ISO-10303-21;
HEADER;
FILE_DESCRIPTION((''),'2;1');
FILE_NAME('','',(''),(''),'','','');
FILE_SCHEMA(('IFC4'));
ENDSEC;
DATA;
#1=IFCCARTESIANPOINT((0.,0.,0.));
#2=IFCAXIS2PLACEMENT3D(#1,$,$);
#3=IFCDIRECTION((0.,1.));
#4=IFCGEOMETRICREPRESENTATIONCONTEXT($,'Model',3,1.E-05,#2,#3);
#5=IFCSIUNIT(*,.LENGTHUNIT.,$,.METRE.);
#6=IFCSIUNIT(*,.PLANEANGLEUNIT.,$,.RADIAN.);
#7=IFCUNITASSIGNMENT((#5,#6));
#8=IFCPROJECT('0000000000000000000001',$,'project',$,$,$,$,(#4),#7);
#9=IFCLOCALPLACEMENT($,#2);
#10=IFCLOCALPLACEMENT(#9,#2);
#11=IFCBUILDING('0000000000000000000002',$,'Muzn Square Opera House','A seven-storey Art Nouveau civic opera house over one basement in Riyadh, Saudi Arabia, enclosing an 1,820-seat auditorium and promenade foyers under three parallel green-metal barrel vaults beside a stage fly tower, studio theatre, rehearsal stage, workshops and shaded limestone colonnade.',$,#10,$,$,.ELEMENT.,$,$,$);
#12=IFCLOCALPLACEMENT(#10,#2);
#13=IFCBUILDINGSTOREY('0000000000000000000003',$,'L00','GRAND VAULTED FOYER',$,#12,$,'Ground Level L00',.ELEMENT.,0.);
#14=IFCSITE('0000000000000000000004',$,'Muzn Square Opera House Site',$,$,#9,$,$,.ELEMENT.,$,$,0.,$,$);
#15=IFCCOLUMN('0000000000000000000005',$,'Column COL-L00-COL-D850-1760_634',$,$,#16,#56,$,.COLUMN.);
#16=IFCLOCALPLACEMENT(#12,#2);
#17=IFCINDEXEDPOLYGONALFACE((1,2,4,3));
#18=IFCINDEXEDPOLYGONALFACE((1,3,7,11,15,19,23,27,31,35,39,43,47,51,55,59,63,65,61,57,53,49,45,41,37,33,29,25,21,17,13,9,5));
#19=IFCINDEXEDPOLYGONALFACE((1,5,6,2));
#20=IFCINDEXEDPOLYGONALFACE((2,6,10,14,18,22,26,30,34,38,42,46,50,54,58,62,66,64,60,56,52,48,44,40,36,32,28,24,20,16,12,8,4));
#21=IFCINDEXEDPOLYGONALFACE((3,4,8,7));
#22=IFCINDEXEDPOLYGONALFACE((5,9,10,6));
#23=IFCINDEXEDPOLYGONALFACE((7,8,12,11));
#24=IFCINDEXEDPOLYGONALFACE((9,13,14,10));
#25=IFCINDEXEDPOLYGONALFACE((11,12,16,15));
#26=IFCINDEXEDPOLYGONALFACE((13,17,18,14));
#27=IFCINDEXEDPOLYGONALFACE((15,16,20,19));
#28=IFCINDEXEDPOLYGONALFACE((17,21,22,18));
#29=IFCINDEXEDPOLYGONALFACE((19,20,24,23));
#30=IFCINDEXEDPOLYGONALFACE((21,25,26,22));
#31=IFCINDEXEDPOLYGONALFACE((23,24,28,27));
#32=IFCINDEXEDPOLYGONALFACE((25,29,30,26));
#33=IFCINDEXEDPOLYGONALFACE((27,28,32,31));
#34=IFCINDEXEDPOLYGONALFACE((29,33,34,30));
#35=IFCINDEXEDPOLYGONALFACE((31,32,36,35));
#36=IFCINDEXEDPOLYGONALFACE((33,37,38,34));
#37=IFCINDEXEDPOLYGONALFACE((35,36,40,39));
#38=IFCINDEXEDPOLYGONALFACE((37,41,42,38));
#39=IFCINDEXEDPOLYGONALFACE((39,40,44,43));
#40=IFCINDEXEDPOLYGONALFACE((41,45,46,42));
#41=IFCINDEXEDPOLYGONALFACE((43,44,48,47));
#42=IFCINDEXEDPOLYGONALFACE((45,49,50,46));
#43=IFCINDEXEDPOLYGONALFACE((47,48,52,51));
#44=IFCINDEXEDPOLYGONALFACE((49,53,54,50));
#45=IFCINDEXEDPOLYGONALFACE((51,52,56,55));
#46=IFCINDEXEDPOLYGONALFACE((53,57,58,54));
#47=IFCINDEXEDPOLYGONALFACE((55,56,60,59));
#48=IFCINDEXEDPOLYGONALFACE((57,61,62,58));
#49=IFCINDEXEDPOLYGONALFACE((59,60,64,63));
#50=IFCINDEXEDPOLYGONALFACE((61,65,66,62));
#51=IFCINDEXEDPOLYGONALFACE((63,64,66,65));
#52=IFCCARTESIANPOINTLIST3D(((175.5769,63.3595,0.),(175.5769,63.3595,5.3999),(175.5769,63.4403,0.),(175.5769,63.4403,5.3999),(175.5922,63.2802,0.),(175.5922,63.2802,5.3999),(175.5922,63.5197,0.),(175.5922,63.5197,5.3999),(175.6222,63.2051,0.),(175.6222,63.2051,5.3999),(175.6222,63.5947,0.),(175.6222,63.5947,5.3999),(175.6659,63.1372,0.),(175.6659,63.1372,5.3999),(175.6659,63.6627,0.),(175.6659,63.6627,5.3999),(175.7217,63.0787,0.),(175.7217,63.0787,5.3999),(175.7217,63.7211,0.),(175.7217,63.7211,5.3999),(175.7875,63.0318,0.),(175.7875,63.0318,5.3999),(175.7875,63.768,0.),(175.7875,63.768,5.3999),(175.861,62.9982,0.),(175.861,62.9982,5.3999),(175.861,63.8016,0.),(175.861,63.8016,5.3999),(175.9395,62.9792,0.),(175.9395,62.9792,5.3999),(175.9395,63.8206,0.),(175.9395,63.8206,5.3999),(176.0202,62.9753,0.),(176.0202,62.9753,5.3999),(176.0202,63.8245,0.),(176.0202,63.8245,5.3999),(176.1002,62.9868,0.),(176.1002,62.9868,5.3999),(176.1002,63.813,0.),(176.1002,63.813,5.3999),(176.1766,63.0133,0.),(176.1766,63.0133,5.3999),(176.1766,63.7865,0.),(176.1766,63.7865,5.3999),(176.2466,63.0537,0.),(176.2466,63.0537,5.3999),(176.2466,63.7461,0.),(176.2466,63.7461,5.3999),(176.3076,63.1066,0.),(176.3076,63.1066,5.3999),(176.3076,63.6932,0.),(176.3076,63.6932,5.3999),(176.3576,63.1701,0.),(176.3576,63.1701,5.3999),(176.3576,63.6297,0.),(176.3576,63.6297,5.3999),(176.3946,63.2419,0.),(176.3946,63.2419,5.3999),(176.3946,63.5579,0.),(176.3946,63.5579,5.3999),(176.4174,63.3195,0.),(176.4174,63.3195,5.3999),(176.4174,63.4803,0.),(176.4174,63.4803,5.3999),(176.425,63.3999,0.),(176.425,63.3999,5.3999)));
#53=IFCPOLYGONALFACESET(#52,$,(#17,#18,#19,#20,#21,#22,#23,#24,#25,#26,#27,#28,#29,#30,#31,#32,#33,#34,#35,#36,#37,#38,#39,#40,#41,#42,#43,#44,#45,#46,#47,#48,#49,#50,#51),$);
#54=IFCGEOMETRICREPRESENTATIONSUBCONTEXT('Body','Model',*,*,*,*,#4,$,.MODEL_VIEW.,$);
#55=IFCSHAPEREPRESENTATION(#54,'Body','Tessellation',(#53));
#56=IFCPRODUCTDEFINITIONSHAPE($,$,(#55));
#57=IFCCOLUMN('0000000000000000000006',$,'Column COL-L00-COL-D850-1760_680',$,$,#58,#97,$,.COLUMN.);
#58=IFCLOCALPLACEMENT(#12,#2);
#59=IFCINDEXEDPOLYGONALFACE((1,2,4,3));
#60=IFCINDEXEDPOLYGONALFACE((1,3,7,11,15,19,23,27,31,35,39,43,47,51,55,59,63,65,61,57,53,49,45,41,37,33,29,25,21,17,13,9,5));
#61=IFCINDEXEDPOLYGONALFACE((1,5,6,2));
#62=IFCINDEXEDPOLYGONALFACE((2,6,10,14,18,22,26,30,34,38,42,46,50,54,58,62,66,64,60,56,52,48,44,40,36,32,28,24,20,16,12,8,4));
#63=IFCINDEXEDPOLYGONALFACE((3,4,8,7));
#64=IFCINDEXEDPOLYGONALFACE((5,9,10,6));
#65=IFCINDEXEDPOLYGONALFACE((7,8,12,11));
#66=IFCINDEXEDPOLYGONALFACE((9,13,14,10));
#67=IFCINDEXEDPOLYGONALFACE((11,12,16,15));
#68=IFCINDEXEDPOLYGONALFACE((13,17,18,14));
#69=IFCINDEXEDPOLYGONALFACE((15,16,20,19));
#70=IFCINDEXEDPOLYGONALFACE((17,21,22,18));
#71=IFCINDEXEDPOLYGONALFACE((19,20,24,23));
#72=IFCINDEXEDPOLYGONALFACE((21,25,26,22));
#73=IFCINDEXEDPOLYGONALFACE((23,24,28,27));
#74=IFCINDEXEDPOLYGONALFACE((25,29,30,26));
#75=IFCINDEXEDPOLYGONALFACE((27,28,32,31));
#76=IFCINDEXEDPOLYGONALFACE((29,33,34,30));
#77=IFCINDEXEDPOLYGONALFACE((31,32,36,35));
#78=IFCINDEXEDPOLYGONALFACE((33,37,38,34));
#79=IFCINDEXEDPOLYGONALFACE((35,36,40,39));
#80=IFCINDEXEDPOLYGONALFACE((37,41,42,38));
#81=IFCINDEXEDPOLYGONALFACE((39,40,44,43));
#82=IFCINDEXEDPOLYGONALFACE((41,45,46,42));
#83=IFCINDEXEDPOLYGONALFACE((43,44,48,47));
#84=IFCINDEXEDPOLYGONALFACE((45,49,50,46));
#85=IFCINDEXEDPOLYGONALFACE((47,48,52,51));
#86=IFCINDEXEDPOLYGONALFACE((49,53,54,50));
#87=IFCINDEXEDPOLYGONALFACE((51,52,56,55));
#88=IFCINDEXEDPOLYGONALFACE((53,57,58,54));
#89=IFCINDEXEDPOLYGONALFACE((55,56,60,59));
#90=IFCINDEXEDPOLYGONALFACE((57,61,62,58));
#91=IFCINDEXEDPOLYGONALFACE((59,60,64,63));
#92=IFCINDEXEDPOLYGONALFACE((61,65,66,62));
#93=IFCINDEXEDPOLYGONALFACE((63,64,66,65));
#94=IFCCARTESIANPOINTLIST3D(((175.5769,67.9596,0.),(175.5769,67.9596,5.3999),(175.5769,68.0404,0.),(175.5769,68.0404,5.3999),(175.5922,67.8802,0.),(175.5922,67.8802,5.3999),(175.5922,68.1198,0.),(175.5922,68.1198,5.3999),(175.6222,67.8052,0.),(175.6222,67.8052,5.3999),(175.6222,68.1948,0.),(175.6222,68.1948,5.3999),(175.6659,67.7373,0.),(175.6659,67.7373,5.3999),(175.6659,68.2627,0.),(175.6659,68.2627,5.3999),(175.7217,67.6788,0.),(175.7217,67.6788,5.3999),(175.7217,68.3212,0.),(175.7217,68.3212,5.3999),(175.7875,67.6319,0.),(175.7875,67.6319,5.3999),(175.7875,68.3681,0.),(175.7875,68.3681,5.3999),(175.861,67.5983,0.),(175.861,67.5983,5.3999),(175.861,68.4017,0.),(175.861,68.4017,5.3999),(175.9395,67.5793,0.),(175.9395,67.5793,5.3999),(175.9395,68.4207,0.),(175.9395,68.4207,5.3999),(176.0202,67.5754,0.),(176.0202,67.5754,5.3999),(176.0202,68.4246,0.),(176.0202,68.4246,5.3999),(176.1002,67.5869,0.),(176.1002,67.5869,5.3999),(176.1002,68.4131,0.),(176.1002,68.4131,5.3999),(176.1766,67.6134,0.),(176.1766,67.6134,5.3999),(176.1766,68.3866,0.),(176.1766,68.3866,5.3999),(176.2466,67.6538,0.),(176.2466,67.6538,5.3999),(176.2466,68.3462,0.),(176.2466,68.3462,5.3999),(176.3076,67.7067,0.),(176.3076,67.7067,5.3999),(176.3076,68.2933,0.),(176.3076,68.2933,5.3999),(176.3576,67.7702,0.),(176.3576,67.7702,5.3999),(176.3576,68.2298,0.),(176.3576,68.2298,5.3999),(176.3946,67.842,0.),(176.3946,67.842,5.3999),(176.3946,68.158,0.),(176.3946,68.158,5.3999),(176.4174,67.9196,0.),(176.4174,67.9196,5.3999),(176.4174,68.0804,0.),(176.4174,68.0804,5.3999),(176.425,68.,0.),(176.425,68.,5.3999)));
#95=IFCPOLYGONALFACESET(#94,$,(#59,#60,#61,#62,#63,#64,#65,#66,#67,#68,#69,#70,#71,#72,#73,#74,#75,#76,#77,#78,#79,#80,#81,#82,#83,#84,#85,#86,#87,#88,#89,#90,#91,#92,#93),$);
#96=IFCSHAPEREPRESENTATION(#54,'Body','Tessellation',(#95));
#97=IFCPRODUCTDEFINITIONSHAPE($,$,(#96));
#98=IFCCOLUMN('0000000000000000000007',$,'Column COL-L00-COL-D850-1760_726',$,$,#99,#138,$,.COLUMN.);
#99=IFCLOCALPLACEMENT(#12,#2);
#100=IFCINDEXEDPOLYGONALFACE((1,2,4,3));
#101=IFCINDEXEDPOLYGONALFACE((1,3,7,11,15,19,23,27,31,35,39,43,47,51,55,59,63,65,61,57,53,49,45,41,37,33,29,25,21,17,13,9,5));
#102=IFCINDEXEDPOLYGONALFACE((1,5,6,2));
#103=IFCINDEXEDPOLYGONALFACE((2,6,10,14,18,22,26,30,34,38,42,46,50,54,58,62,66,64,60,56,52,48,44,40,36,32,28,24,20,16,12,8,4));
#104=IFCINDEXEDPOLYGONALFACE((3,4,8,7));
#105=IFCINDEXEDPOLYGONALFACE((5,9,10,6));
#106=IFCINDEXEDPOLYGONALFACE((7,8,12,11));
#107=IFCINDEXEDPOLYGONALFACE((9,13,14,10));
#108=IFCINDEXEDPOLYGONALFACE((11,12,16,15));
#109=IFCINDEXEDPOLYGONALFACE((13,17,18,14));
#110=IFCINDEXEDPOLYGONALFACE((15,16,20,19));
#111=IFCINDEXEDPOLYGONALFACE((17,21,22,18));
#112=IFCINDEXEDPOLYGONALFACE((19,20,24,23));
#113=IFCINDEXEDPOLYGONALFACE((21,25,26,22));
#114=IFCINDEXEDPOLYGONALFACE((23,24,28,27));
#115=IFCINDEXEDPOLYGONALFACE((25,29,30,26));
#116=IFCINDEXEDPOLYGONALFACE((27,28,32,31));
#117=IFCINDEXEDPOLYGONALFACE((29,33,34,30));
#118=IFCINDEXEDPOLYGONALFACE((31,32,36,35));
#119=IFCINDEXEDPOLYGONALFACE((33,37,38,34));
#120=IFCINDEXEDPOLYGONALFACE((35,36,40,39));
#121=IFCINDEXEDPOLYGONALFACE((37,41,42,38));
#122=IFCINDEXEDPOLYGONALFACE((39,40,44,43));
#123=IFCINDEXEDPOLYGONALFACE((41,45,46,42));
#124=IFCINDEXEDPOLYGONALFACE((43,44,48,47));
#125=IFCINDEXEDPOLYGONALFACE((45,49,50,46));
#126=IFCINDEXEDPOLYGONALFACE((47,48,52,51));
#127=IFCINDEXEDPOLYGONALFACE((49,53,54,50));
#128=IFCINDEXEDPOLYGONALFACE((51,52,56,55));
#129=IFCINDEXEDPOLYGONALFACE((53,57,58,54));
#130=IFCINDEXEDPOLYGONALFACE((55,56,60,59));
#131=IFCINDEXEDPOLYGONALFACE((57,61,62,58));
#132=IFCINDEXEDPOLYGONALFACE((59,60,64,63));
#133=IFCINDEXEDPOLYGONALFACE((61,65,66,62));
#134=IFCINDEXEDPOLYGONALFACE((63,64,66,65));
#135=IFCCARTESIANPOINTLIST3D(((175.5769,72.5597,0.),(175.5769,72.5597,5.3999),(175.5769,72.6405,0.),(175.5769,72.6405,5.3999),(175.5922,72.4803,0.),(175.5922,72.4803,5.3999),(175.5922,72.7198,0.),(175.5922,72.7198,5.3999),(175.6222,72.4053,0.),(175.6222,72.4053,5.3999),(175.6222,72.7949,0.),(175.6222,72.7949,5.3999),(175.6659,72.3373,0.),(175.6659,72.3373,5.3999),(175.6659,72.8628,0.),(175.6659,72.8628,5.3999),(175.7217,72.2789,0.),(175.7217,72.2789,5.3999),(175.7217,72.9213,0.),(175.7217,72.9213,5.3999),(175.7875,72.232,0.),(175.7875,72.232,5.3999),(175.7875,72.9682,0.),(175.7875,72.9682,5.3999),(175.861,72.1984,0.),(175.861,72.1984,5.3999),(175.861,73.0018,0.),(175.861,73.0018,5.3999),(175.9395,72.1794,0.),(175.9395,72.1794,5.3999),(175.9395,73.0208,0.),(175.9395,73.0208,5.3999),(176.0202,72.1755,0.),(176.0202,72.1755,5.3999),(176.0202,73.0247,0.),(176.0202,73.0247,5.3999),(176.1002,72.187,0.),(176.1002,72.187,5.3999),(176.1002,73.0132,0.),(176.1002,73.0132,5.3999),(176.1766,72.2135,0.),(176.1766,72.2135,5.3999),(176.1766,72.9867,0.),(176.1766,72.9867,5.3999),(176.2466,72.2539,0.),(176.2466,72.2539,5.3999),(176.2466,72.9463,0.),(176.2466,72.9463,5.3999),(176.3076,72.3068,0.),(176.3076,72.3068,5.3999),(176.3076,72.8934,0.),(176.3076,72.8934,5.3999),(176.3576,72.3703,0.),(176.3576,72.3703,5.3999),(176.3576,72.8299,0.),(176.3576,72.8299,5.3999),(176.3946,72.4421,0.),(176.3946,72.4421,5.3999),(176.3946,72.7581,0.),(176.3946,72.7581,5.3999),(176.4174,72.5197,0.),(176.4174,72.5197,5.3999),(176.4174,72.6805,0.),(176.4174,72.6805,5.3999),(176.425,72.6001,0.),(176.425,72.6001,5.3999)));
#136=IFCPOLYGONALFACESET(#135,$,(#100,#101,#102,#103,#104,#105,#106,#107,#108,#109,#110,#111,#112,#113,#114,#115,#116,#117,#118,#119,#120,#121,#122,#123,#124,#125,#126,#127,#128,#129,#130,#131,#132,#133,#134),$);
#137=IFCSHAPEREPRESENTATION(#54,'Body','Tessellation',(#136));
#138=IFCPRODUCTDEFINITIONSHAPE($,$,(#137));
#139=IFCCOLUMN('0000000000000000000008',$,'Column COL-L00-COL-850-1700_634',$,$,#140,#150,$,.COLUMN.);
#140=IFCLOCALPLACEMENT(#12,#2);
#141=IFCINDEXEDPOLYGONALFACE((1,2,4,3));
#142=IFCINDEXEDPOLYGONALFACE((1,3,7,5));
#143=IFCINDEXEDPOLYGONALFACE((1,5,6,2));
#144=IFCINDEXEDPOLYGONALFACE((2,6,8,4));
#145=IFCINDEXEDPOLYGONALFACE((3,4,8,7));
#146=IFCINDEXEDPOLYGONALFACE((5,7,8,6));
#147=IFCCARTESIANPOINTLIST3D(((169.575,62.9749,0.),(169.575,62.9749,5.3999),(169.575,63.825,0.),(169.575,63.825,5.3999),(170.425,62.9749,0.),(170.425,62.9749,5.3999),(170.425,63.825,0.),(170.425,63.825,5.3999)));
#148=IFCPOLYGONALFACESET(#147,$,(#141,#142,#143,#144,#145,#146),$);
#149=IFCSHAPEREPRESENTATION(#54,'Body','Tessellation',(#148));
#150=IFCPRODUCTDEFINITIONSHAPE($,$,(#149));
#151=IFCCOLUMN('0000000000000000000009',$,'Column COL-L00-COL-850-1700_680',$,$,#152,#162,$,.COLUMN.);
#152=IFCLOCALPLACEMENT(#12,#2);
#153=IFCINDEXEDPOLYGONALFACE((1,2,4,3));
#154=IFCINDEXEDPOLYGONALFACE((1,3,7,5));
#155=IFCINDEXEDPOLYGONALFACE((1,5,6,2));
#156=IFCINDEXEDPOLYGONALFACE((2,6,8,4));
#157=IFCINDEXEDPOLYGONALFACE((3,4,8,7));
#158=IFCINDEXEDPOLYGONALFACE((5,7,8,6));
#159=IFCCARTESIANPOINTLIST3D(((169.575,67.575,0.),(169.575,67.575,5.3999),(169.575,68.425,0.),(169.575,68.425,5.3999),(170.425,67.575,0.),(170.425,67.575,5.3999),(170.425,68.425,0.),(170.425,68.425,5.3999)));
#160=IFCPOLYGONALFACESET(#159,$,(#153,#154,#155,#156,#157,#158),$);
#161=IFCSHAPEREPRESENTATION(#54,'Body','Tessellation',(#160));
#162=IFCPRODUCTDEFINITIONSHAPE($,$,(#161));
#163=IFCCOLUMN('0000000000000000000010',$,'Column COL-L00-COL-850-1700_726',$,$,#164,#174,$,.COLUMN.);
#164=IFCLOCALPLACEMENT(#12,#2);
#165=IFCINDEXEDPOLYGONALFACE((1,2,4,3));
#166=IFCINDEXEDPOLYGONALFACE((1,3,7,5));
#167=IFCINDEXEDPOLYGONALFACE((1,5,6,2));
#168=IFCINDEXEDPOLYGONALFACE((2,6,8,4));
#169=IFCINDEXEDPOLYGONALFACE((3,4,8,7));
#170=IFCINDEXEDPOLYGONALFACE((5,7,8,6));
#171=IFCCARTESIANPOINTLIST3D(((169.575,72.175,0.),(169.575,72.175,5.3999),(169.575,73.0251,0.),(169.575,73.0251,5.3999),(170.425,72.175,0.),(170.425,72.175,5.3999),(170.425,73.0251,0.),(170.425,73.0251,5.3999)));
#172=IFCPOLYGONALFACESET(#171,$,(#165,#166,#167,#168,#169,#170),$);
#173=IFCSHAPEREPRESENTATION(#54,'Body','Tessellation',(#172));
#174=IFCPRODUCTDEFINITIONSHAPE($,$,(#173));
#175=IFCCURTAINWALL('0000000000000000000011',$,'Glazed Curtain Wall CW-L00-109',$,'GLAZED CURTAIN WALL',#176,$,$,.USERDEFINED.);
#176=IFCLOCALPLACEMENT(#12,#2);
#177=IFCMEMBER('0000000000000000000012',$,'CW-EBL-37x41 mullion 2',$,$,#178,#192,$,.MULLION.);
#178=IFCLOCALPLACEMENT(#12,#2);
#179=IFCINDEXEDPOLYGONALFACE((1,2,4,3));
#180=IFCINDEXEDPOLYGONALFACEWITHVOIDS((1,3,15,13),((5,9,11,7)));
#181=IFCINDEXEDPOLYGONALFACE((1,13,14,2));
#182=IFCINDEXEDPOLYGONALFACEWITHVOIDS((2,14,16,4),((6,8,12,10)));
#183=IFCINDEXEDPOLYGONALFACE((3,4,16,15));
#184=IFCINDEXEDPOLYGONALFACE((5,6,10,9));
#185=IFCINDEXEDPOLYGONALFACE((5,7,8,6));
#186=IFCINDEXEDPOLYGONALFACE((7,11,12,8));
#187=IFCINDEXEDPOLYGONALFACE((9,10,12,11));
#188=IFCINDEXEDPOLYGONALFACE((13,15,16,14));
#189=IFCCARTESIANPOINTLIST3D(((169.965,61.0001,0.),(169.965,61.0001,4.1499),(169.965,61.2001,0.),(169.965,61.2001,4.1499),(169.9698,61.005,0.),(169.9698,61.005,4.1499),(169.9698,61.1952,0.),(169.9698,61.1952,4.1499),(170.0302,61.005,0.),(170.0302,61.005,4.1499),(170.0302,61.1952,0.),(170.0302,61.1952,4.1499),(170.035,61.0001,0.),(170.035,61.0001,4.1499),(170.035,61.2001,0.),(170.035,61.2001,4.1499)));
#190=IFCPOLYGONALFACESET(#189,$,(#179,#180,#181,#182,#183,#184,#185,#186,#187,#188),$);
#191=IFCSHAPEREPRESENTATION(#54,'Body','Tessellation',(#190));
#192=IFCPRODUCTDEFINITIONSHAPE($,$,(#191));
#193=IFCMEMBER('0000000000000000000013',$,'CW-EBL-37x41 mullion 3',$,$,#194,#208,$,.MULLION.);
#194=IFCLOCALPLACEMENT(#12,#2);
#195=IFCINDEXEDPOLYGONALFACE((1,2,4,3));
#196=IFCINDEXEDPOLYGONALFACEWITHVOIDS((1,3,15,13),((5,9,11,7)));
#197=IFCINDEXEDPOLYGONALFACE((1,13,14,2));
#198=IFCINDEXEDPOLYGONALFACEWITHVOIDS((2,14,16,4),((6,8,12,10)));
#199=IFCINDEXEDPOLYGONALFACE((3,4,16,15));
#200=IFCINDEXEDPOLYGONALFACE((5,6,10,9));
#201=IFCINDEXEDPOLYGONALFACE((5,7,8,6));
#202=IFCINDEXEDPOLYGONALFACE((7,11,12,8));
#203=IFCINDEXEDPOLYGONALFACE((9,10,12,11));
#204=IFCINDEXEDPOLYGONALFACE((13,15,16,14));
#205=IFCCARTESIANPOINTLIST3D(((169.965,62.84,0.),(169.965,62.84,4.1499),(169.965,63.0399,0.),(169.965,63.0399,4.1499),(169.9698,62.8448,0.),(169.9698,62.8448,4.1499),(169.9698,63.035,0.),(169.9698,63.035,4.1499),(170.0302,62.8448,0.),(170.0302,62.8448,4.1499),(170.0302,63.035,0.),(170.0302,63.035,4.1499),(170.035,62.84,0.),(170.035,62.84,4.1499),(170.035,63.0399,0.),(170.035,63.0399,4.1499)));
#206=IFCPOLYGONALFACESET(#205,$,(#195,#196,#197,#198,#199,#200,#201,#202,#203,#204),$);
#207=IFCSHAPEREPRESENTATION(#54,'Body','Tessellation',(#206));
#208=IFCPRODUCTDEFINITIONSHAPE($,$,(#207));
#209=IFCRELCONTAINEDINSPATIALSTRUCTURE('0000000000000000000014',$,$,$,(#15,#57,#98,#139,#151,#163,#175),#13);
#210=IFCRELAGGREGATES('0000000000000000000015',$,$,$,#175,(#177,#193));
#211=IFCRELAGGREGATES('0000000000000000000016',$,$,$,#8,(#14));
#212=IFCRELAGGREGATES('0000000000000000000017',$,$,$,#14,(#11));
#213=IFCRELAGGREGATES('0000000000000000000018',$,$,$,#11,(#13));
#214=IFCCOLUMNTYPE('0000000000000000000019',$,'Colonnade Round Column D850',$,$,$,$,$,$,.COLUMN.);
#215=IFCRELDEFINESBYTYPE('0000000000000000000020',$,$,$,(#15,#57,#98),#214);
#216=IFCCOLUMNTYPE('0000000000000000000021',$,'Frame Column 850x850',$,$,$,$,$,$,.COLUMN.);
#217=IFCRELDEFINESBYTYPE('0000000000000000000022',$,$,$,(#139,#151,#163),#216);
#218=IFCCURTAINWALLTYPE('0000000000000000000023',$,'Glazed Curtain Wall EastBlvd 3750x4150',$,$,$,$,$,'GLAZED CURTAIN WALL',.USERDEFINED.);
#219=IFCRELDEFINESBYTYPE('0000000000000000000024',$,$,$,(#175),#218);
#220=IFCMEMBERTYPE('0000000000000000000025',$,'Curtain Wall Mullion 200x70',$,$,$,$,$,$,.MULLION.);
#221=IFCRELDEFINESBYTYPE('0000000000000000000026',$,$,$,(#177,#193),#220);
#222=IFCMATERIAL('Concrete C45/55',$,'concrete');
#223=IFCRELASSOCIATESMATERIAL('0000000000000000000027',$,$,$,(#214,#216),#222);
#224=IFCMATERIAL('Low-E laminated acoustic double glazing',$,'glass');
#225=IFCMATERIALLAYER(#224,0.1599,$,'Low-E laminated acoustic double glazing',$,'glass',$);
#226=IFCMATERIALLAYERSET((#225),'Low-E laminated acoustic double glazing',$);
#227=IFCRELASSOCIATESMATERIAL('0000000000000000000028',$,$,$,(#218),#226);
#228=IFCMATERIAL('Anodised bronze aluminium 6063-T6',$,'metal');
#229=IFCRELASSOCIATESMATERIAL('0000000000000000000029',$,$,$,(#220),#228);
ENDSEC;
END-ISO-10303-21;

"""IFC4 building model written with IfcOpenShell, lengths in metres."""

from ifc_helpers import new_model, si_unit, direction, frame, origin, origin_2d, place, context, subcontext, project, spatial, rectangle, hollow_rectangle, circle, extrude, material, layer, layer_set, material_profile, profile_set, type_object, element, aggregate, save


model = new_model("IFC4")

# Units and contexts
model_context = context("Model", 3, precision=1e-05, world=origin(), true_north=direction((0.0, 1.0)))
body_context = subcontext(model_context, "Body", "Model", "MODEL_VIEW")
ifc_project = project(units=[si_unit("LENGTHUNIT", "METRE"), si_unit("PLANEANGLEUNIT", "RADIAN")], contexts=[model_context])

# Site, building, storey
site_placement = place(None, origin())
site = spatial("IfcSite", under=ifc_project, at=site_placement, Name="Muzn Square Opera House Site", CompositionType="ELEMENT", RefElevation=0.0)
building_placement = place(site_placement, origin())
building = spatial("IfcBuilding", under=site, at=building_placement, Name="Muzn Square Opera House", Description="A seven-storey Art Nouveau civic opera house over one basement in Riyadh, Saudi Arabia, enclosing an 1,820-seat auditorium and promenade foyers under three parallel green-metal barrel vaults beside a stage fly tower, studio theatre, rehearsal stage, workshops and shaded limestone colonnade.", CompositionType="ELEMENT")
storey_placement = place(building_placement, origin())
storey = spatial("IfcBuildingStorey", under=building, at=storey_placement, Name="L00", Description="GRAND VAULTED FOYER", LongName="Ground Level L00", CompositionType="ELEMENT", Elevation=0.0)

# Columns
ifc_material_1 = material(Name="Concrete C45/55", Category="concrete")
ifc_material_profile_1 = material_profile(ifc_material_1, circle(Radius=0.425, at=origin_2d()), Name="RCC D850", Category="concrete")
ifc_profile_set_1 = profile_set([ifc_material_profile_1], Name="Concrete C45/55")
column_type_1 = type_object("IfcColumnType", Name="Colonnade Round Column D850", PredefinedType="COLUMN", material=ifc_profile_set_1)
for number, where, z_axis, x_axis, name in (
    (1, (176.0, 63.3999, 0.0), (0.0, 0.0, 1.0), (1.0, 0.0, 0.0), "Column COL-L00-COL-D850-1760_634"),
    (2, (176.0, 68.0, 0.0), (0.0, 0.0, 1.0), (1.0, 0.0, 0.0), "Column COL-L00-COL-D850-1760_680"),
    (3, (176.0, 72.6001, 0.0), (0.0, 0.0, 1.0), (1.0, 0.0, 0.0), "Column COL-L00-COL-D850-1760_726"),
):
    element("IfcColumn", number, at=place(storey_placement, frame(where, z_axis=z_axis, x_axis=x_axis)), inside=storey, type_object=column_type_1, Name=name, PredefinedType="COLUMN", context=body_context, shape_type="SweptSolid", body=[
        extrude(circle(Radius=0.425, at=origin_2d()), origin(), (0.0, 0.0, 1.0), 5.3999),
    ])
ifc_material_profile_2 = material_profile(ifc_material_1, rectangle(XDim=0.8501, YDim=0.8501, at=origin_2d()), Name="RC 850x850", Category="concrete")
ifc_profile_set_2 = profile_set([ifc_material_profile_2], Name="Concrete C45/55")
column_type_2 = type_object("IfcColumnType", Name="Frame Column 850x850", PredefinedType="COLUMN", material=ifc_profile_set_2)
for number, where, z_axis, x_axis, name in (
    (4, (170.0, 63.3999, 0.0), (0.0, 0.0, 1.0), (1.0, 0.0, 0.0), "Column COL-L00-COL-850-1700_634"),
    (5, (170.0, 68.0, 0.0), (0.0, 0.0, 1.0), (1.0, 0.0, 0.0), "Column COL-L00-COL-850-1700_680"),
    (6, (170.0, 72.6001, 0.0), (0.0, 0.0, 1.0), (1.0, 0.0, 0.0), "Column COL-L00-COL-850-1700_726"),
):
    element("IfcColumn", number, at=place(storey_placement, frame(where, z_axis=z_axis, x_axis=x_axis)), inside=storey, type_object=column_type_2, Name=name, PredefinedType="COLUMN", context=body_context, shape_type="SweptSolid", body=[
        extrude(rectangle(XDim=0.8501, YDim=0.8501, at=origin_2d()), origin(), (0.0, 0.0, 1.0), 5.3999),
    ])

# Curtain wall, members
ifc_material_2 = material(Name="Low-E laminated acoustic double glazing", Category="glass")
ifc_layer_1 = layer(ifc_material_2, 0.1599, Name="Low-E laminated acoustic double glazing", Category="glass")
ifc_layer_set_1 = layer_set([ifc_layer_1], Name="Low-E laminated acoustic double glazing")
curtain_wall_type = type_object("IfcCurtainWallType", Name="Glazed Curtain Wall EastBlvd 3750x4150", ElementType="GLAZED CURTAIN WALL", PredefinedType="USERDEFINED", material=ifc_layer_set_1)
curtain_wall_1_placement = place(storey_placement, origin())
curtain_wall_1 = element("IfcCurtainWall", 7, at=curtain_wall_1_placement, inside=storey, type_object=curtain_wall_type, Name="Glazed Curtain Wall CW-L00-109", ObjectType="GLAZED CURTAIN WALL", PredefinedType="USERDEFINED")
ifc_material_3 = material(Name="Anodised bronze aluminium 6063-T6", Category="metal")
ifc_material_profile_3 = material_profile(ifc_material_3, hollow_rectangle(XDim=0.0701, YDim=0.2, WallThickness=0.0049, at=origin_2d()), Name="ALU 200x70x5", Category="metal")
ifc_profile_set_3 = profile_set([ifc_material_profile_3], Name="Anodised bronze aluminium 6063-T6")
member_type_1 = type_object("IfcMemberType", Name="Curtain Wall Mullion 200x70", PredefinedType="MULLION", material=ifc_profile_set_3)
member_1_placement = place(storey_placement, frame((170.0, 61.1001, 0.0), z_axis=(0.0, 0.0, 1.0), x_axis=(-1.0, 0.0, 0.0)))
member_1 = element("IfcMember", 8, at=member_1_placement, type_object=member_type_1, Name="CW-EBL-37x41 mullion 2", PredefinedType="MULLION", context=body_context, shape_type="SweptSolid", body=[
    extrude(hollow_rectangle(XDim=0.0701, YDim=0.2, WallThickness=0.0049, at=origin_2d()), origin(), (0.0, 0.0, 1.0), 4.1499),
])
member_2_placement = place(storey_placement, frame((170.0, 62.9399, 0.0), z_axis=(0.0, 0.0, 1.0), x_axis=(-1.0, 0.0, 0.0)))
member_2 = element("IfcMember", 9, at=member_2_placement, type_object=member_type_1, Name="CW-EBL-37x41 mullion 3", PredefinedType="MULLION", context=body_context, shape_type="SweptSolid", body=[
    extrude(hollow_rectangle(XDim=0.0701, YDim=0.2, WallThickness=0.0049, at=origin_2d()), origin(), (0.0, 0.0, 1.0), 4.1499),
])

aggregate(curtain_wall_1, [member_1, member_2])

save(model, "model.ifc")
